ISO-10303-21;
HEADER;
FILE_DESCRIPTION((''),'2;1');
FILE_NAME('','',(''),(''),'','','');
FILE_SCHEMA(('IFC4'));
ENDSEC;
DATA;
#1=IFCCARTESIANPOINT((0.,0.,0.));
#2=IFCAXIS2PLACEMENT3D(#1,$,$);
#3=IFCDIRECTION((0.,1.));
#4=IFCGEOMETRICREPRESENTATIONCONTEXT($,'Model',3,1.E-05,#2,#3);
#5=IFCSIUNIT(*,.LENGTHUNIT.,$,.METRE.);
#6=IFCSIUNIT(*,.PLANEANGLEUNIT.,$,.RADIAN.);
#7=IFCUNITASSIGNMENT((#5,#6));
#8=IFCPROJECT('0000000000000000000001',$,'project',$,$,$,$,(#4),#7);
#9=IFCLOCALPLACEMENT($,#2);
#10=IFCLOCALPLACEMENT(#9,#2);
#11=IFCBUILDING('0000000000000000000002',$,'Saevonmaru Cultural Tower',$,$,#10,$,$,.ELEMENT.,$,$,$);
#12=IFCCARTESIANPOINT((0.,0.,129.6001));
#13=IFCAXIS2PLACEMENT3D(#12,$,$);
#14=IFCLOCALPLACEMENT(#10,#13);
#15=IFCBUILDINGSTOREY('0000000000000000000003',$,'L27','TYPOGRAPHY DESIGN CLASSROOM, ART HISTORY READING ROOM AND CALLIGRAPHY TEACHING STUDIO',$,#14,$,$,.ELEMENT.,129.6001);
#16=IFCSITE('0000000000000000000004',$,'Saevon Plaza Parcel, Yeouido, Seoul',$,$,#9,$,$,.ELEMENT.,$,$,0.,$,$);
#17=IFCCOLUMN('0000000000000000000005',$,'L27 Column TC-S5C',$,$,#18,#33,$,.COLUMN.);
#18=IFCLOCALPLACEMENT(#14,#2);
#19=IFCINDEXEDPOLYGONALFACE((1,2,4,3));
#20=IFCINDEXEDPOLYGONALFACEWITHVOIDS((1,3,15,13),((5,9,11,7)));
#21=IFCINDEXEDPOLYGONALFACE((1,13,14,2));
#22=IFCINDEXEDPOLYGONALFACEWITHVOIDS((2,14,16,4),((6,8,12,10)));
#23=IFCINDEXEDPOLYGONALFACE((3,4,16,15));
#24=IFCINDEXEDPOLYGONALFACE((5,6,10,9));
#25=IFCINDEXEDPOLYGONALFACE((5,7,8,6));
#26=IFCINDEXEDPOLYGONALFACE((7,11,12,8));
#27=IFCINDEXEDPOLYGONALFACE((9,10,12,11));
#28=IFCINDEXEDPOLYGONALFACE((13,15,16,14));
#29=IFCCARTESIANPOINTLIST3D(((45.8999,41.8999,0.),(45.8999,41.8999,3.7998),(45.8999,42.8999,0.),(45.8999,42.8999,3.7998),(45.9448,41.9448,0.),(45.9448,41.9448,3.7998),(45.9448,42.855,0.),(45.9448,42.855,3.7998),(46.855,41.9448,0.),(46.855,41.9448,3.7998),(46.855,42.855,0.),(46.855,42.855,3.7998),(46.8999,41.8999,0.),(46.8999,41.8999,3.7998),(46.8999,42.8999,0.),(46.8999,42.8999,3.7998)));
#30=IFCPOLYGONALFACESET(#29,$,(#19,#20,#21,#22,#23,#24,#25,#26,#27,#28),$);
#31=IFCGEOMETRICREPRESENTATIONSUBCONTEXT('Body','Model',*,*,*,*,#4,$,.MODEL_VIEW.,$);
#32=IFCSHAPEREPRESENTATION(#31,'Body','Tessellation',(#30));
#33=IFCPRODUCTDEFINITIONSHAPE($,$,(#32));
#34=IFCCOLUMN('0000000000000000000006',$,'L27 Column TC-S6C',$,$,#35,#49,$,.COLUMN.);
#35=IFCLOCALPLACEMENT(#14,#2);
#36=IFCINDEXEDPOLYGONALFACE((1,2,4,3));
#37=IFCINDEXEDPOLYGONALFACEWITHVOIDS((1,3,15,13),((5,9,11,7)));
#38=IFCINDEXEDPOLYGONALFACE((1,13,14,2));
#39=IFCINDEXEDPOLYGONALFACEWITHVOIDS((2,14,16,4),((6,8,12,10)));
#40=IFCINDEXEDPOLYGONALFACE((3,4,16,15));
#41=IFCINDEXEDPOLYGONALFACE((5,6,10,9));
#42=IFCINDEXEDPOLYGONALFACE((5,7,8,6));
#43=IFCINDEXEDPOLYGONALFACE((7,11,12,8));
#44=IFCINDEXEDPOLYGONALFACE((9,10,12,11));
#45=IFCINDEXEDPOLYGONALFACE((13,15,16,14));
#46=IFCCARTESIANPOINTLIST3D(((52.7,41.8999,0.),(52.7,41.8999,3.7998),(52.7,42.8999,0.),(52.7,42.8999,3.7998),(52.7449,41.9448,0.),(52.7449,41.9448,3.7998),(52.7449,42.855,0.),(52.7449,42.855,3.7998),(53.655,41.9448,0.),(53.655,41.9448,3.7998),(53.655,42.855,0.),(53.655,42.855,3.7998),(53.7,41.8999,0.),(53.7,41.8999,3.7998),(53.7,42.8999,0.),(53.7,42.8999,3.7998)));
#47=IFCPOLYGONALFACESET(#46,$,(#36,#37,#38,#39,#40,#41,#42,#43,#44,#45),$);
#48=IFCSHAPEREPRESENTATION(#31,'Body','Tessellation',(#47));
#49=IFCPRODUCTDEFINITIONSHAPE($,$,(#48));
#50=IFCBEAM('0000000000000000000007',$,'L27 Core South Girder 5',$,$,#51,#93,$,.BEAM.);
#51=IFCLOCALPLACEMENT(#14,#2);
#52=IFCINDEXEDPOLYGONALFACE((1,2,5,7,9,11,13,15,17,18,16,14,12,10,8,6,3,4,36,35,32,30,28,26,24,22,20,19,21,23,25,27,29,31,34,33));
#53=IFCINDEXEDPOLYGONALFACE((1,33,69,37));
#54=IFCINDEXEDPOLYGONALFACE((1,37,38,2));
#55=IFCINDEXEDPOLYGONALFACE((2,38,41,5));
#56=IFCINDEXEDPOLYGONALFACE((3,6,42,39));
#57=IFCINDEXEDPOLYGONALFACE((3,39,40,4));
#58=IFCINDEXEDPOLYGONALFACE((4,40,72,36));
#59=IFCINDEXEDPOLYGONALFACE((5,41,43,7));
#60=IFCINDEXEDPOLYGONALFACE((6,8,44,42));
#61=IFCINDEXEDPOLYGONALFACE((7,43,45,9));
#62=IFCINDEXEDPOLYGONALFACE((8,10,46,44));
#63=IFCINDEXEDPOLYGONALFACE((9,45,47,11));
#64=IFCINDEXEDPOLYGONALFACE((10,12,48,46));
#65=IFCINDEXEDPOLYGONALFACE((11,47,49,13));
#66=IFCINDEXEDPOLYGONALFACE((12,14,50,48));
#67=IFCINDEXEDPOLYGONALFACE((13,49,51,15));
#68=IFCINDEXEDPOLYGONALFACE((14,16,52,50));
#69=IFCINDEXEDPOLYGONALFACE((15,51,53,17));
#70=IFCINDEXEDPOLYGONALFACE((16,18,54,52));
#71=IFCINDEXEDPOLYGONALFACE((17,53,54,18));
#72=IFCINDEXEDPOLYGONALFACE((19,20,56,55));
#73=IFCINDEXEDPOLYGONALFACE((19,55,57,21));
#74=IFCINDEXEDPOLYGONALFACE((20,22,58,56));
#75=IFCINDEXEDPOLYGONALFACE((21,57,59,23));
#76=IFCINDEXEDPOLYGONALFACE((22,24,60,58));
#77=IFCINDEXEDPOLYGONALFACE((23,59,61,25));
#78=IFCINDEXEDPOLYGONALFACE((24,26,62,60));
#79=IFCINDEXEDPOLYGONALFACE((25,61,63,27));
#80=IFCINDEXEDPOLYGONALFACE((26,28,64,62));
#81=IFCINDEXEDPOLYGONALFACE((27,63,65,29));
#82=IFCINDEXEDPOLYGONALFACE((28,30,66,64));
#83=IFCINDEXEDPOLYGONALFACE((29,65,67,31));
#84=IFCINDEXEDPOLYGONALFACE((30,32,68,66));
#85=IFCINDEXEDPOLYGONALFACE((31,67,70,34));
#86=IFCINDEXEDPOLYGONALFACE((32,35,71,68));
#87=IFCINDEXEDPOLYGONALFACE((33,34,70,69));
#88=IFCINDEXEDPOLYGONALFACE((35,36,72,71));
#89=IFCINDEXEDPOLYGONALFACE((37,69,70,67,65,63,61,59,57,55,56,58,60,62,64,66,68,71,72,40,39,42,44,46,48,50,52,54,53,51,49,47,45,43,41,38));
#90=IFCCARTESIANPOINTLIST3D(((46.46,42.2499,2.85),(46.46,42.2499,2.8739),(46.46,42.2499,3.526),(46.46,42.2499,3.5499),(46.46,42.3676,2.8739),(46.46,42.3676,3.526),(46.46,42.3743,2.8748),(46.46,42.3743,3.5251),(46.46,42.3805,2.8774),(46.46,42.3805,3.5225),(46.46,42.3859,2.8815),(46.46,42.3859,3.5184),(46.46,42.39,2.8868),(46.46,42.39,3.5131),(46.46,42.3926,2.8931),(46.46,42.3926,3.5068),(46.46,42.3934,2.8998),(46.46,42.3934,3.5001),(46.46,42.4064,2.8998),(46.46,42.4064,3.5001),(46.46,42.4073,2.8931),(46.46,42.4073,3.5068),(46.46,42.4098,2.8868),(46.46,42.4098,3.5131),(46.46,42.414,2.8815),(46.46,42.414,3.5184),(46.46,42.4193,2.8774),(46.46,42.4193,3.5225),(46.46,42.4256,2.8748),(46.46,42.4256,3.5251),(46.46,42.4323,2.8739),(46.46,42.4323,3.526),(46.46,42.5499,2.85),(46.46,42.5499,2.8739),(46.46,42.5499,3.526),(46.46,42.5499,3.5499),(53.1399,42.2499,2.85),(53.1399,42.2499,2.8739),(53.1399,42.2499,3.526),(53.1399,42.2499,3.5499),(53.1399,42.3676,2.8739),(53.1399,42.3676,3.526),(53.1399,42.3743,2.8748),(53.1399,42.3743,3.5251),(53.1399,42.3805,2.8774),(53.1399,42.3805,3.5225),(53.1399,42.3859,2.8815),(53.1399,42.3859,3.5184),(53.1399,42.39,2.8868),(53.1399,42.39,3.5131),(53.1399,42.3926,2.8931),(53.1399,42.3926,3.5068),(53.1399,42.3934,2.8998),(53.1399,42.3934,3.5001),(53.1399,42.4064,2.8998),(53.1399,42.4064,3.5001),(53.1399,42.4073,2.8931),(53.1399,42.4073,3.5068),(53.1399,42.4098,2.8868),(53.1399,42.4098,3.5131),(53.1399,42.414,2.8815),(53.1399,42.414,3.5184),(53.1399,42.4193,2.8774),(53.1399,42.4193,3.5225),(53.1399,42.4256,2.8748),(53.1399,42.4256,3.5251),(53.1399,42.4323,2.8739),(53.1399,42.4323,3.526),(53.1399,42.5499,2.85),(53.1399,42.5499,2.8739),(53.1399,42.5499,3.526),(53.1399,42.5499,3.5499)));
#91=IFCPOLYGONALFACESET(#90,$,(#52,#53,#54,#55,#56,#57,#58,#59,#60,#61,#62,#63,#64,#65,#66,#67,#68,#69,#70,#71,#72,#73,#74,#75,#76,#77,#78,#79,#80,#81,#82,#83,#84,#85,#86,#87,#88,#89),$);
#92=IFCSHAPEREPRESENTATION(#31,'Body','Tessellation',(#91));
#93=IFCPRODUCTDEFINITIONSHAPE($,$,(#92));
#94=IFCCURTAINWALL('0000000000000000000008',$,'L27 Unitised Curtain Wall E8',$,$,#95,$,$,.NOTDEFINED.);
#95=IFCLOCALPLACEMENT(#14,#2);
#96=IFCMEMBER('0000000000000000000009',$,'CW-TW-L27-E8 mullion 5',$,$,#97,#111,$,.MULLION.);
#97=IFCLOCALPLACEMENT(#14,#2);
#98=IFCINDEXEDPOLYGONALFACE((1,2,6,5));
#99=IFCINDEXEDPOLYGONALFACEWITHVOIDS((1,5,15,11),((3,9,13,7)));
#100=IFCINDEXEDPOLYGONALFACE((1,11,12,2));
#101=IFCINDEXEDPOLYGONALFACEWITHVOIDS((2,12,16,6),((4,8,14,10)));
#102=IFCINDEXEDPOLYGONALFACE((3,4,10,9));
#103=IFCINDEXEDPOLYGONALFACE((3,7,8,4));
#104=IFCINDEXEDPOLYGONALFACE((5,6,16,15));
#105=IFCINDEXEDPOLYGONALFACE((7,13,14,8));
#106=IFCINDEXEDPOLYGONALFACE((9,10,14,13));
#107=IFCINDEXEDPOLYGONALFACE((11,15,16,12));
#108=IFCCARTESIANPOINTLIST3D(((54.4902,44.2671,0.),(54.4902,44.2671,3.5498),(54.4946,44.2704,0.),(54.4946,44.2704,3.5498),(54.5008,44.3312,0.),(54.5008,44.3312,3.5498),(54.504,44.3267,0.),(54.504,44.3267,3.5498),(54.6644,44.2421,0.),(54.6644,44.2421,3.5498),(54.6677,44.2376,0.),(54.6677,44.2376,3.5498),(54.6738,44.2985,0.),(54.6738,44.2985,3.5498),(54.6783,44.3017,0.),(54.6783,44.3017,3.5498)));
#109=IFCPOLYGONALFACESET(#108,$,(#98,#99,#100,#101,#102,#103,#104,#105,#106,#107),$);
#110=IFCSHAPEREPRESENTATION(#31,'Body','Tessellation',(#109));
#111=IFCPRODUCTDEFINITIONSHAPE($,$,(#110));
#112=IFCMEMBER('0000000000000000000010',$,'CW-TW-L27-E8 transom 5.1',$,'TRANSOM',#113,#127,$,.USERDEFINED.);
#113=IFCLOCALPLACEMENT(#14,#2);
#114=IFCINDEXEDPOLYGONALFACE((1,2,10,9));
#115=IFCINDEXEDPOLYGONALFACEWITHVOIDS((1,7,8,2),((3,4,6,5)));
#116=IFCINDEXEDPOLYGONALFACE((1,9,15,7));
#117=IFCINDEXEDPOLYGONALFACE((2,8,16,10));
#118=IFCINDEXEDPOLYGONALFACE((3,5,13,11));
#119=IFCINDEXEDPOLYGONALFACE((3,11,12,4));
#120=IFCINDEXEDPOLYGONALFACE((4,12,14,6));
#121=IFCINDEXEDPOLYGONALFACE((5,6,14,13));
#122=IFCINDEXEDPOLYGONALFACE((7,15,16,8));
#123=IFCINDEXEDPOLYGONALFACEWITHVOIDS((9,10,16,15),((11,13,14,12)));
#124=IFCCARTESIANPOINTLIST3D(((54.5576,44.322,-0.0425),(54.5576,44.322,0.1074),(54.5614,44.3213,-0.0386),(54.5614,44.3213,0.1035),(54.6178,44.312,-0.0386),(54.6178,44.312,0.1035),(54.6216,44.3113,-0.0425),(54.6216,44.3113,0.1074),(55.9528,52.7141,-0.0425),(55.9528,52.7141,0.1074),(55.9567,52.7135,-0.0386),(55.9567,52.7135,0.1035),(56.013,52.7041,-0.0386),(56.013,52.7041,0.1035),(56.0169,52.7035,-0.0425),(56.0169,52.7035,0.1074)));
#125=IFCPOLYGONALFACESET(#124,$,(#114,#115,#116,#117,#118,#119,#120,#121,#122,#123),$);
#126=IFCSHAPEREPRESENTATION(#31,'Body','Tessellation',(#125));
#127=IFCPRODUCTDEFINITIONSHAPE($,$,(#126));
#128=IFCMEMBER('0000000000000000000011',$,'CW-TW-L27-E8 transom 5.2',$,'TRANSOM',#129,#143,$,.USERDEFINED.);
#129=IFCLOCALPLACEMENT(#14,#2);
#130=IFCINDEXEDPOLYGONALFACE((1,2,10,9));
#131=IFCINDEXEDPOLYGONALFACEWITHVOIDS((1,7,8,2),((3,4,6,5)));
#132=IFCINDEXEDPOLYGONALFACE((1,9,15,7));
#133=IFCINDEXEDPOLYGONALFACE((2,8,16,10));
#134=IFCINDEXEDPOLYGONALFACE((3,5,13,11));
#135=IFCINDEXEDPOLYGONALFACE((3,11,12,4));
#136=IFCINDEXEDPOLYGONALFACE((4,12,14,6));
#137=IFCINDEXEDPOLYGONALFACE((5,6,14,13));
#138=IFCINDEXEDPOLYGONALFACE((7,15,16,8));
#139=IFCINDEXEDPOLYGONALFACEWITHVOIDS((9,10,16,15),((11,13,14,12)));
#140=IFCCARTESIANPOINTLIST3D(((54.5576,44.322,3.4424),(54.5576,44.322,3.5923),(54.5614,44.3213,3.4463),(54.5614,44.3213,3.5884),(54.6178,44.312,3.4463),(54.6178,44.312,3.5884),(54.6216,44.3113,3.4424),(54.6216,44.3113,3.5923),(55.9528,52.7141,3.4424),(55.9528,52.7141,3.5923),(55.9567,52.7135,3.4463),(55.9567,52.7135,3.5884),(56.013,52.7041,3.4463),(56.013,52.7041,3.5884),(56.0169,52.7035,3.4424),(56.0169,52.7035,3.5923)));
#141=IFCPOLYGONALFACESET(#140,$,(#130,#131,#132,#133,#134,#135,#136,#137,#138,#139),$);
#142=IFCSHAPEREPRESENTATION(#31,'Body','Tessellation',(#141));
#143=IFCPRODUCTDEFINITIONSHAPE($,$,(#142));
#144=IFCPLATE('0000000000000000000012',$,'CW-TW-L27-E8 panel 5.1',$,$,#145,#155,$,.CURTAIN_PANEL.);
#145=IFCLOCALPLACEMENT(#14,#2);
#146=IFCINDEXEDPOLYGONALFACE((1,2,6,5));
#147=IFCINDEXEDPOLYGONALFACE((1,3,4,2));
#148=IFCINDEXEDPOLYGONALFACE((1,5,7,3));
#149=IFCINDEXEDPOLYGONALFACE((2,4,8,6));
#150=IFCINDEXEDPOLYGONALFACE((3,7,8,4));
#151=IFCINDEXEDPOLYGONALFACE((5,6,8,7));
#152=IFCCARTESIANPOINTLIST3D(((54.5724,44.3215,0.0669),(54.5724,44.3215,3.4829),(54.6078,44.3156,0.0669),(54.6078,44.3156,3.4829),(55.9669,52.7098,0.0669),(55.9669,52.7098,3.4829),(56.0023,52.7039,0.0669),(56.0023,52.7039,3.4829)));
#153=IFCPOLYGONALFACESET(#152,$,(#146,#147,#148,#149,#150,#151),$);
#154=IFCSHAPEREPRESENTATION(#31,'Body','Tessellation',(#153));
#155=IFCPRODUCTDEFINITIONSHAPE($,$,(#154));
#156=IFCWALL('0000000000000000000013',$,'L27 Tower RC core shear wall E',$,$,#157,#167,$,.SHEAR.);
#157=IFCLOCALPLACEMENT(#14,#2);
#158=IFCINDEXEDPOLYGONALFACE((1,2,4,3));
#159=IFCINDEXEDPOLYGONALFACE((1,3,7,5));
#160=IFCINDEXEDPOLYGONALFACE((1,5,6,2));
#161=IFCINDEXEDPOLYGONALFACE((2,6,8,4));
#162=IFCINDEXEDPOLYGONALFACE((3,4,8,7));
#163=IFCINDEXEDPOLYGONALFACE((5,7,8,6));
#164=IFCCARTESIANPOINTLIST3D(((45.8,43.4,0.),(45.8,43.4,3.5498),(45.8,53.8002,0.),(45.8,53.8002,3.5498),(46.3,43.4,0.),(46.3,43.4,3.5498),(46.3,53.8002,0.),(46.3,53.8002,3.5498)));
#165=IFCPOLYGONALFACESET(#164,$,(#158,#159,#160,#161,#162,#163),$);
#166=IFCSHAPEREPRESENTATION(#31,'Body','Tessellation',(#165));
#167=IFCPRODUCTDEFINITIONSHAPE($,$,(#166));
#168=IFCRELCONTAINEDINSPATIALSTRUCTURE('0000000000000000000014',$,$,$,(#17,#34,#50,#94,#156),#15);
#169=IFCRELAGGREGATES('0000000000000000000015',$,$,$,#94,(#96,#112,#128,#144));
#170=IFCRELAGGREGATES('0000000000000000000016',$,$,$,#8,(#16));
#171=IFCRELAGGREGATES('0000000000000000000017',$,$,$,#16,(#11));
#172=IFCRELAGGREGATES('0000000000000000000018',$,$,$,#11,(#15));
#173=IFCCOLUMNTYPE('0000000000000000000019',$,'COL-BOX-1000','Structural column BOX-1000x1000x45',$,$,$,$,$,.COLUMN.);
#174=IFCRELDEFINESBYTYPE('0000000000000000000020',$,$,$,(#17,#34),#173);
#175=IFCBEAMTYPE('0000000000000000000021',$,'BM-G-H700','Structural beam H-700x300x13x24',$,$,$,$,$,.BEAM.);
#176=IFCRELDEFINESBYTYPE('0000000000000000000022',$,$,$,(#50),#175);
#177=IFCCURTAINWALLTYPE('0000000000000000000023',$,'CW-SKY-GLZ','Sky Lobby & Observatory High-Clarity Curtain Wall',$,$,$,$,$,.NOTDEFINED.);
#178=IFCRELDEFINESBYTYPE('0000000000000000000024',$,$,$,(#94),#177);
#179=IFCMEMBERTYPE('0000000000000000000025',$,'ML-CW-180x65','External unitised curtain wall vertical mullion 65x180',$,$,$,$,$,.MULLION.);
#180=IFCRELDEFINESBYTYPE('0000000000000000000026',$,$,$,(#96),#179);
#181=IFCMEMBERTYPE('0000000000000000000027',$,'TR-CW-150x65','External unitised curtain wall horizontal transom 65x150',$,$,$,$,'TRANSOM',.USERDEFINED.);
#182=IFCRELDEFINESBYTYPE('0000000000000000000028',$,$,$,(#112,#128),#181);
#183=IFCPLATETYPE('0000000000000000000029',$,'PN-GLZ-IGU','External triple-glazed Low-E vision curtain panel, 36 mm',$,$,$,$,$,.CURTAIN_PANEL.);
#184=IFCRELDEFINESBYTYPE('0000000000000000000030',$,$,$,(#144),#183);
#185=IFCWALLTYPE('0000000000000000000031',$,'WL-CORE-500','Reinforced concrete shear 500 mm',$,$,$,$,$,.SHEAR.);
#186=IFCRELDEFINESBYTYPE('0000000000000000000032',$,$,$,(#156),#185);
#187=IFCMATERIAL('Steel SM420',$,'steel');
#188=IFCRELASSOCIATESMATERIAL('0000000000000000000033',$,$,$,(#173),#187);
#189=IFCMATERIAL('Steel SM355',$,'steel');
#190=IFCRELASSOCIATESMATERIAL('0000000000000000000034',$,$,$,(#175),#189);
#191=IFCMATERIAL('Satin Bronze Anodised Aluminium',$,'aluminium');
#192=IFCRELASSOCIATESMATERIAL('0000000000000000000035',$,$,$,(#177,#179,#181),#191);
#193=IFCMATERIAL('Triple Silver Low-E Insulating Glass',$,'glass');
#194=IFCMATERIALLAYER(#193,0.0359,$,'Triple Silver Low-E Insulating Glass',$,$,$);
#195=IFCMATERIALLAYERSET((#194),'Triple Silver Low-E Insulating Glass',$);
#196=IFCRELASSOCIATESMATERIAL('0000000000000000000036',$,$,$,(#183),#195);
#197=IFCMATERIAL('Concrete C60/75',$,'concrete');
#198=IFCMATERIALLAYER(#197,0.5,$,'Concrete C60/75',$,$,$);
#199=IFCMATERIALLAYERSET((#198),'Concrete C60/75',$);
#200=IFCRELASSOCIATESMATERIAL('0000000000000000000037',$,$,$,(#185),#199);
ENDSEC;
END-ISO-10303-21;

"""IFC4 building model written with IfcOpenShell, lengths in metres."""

from ifc_helpers import new_model, si_unit, direction, frame, frame_2d, origin, origin_2d, place, context, subcontext, project, spatial, rectangle, hollow_rectangle, i_section, extrude, material, layer, layer_set, material_profile, profile_set, type_object, element, aggregate, save


model = new_model("IFC4")

# Units and contexts
model_context = context("Model", 3, precision=1e-05, world=origin(), true_north=direction((0.0, 1.0)))
body_context = subcontext(model_context, "Body", "Model", "MODEL_VIEW")
ifc_project = project(units=[si_unit("LENGTHUNIT", "METRE"), si_unit("PLANEANGLEUNIT", "RADIAN")], contexts=[model_context])

# Site, building, storey
site_placement = place(None, origin())
site = spatial("IfcSite", under=ifc_project, at=site_placement, Name="Saevon Plaza Parcel, Yeouido, Seoul", CompositionType="ELEMENT", RefElevation=0.0)
building_placement = place(site_placement, origin())
building = spatial("IfcBuilding", under=site, at=building_placement, Name="Saevonmaru Cultural Tower", CompositionType="ELEMENT")
storey_placement = place(building_placement, frame((0.0, 0.0, 129.6001)))
storey = spatial("IfcBuildingStorey", under=building, at=storey_placement, Name="L27", Description="TYPOGRAPHY DESIGN CLASSROOM, ART HISTORY READING ROOM AND CALLIGRAPHY TEACHING STUDIO", CompositionType="ELEMENT", Elevation=129.6001)

# Columns
ifc_material_1 = material(Name="Steel SM420", Category="steel")
ifc_material_profile_1 = material_profile(ifc_material_1, hollow_rectangle(XDim=1.0, YDim=1.0, WallThickness=0.0449, at=origin_2d()), Name="BOX-1000x1000x45")
ifc_profile_set_1 = profile_set([ifc_material_profile_1], Name="Steel SM420")
column_type = type_object("IfcColumnType", Name="COL-BOX-1000", Description="Structural column BOX-1000x1000x45", PredefinedType="COLUMN", material=ifc_profile_set_1)
for number, where, z_axis, x_axis, name in (
    (1, (46.3999, 42.3999, 0.0), (0.0, 0.0, 1.0), (1.0, 0.0, 0.0), "L27 Column TC-S5C"),
    (2, (53.2, 42.3999, 0.0), (0.0, 0.0, 1.0), (1.0, 0.0, 0.0), "L27 Column TC-S6C"),
):
    element("IfcColumn", number, at=place(storey_placement, frame(where, z_axis=z_axis, x_axis=x_axis)), inside=storey, type_object=column_type, Name=name, PredefinedType="COLUMN", context=body_context, shape_type="SweptSolid", body=[
        extrude(hollow_rectangle(XDim=1.0, YDim=1.0, WallThickness=0.0449, at=origin_2d()), origin(), (0.0, 0.0, 1.0), 3.7998),
    ])

# Beam
ifc_material_2 = material(Name="Steel SM355", Category="steel")
ifc_material_profile_2 = material_profile(ifc_material_2, i_section(OverallWidth=0.3, OverallDepth=0.7, WebThickness=0.0129, FlangeThickness=0.0239, FilletRadius=0.0259, at=origin_2d()), Name="H-700x300x13x24")
ifc_profile_set_2 = profile_set([ifc_material_profile_2], Name="Steel SM355")
beam_type = type_object("IfcBeamType", Name="BM-G-H700", Description="Structural beam H-700x300x13x24", PredefinedType="BEAM", material=ifc_profile_set_2)
beam_placement = place(storey_placement, frame((46.46, 42.3999, 3.2), z_axis=(1.0, 0.0, 0.0), x_axis=(0.0, 1.0, 0.0)))
element("IfcBeam", 3, at=beam_placement, inside=storey, type_object=beam_type, Name="L27 Core South Girder 5", PredefinedType="BEAM", context=body_context, shape_type="SweptSolid", body=[
    extrude(i_section(OverallWidth=0.3, OverallDepth=0.7, WebThickness=0.0129, FlangeThickness=0.0239, FilletRadius=0.0259, at=origin_2d()), origin(), (0.0, 0.0, 1.0), 6.6799),
])

# Curtain wall, members, plate
ifc_material_3 = material(Name="Satin Bronze Anodised Aluminium", Category="aluminium")
curtain_wall_type = type_object("IfcCurtainWallType", Name="CW-SKY-GLZ", Description="Sky Lobby & Observatory High-Clarity Curtain Wall", PredefinedType="NOTDEFINED", material=ifc_material_3)
curtain_wall_placement = place(storey_placement, origin())
curtain_wall = element("IfcCurtainWall", 4, at=curtain_wall_placement, inside=storey, type_object=curtain_wall_type, Name="L27 Unitised Curtain Wall E8", PredefinedType="NOTDEFINED")
ifc_material_profile_3 = material_profile(ifc_material_3, hollow_rectangle(XDim=0.0649, YDim=0.1799, WallThickness=0.0039, at=origin_2d()), Name="ALU-MULL-180x65x4")
ifc_profile_set_3 = profile_set([ifc_material_profile_3], Name="Satin Bronze Anodised Aluminium")
member_type_1 = type_object("IfcMemberType", Name="ML-CW-180x65", Description="External unitised curtain wall vertical mullion 65x180", PredefinedType="MULLION", material=ifc_profile_set_3)
member_1_placement = place(storey_placement, frame((54.5842, 44.2844, 0.0), z_axis=(0.0, 0.0, 1.0), x_axis=(0.163999, 0.986461, 0.0)))
member_1 = element("IfcMember", 5, at=member_1_placement, type_object=member_type_1, Name="CW-TW-L27-E8 mullion 5", PredefinedType="MULLION", context=body_context, shape_type="SweptSolid", body=[
    extrude(hollow_rectangle(XDim=0.0649, YDim=0.1799, WallThickness=0.0039, at=origin_2d()), origin(), (0.0, 0.0, 1.0), 3.5498),
])
ifc_material_profile_4 = material_profile(ifc_material_3, hollow_rectangle(XDim=0.0649, YDim=0.1499, WallThickness=0.0039, at=origin_2d()), Name="ALU-TRAN-150x65x4")
ifc_profile_set_4 = profile_set([ifc_material_profile_4], Name="Satin Bronze Anodised Aluminium")
member_type_2 = type_object("IfcMemberType", Name="TR-CW-150x65", Description="External unitised curtain wall horizontal transom 65x150", ElementType="TRANSOM", PredefinedType="USERDEFINED", material=ifc_profile_set_4)
member_2_placement = place(storey_placement, frame((54.5896, 44.3167, 0.0325), z_axis=(0.164008, 0.986459, 0.0), x_axis=(-0.986459, 0.164008, 0.0)))
member_2 = element("IfcMember", 6, at=member_2_placement, type_object=member_type_2, Name="CW-TW-L27-E8 transom 5.1", ObjectType="TRANSOM", PredefinedType="USERDEFINED", context=body_context, shape_type="SweptSolid", body=[
    extrude(hollow_rectangle(XDim=0.0649, YDim=0.1499, WallThickness=0.0039, at=origin_2d()), origin(), (0.0, 0.0, 1.0), 8.5073),
])
member_3_placement = place(storey_placement, frame((54.5896, 44.3167, 3.5173), z_axis=(0.164008, 0.986459, 0.0), x_axis=(-0.986459, 0.164008, 0.0)))
member_3 = element("IfcMember", 7, at=member_3_placement, type_object=member_type_2, Name="CW-TW-L27-E8 transom 5.2", ObjectType="TRANSOM", PredefinedType="USERDEFINED", context=body_context, shape_type="SweptSolid", body=[
    extrude(hollow_rectangle(XDim=0.0649, YDim=0.1499, WallThickness=0.0039, at=origin_2d()), origin(), (0.0, 0.0, 1.0), 8.5073),
])
ifc_material_4 = material(Name="Triple Silver Low-E Insulating Glass", Category="glass")
ifc_layer_1 = layer(ifc_material_4, 0.0359, Name="Triple Silver Low-E Insulating Glass")
ifc_layer_set_1 = layer_set([ifc_layer_1], Name="Triple Silver Low-E Insulating Glass")
plate_type = type_object("IfcPlateType", Name="PN-GLZ-IGU", Description="External triple-glazed Low-E vision curtain panel, 36 mm", PredefinedType="CURTAIN_PANEL", material=ifc_layer_set_1)
plate_placement = place(storey_placement, frame((55.2874, 48.5127, 0.0669), z_axis=(0.0, 0.0, 1.0), x_axis=(0.163999, 0.986461, 0.0)))
plate = element("IfcPlate", 8, at=plate_placement, type_object=plate_type, Name="CW-TW-L27-E8 panel 5.1", PredefinedType="CURTAIN_PANEL", context=body_context, shape_type="SweptSolid", body=[
    extrude(rectangle(XDim=8.5034, YDim=0.0359, at=origin_2d()), origin(), (0.0, 0.0, 1.0), 3.416),
])
aggregate(curtain_wall, [member_1, member_2, member_3, plate])

# Wall
ifc_material_5 = material(Name="Concrete C60/75", Category="concrete")
ifc_layer_2 = layer(ifc_material_5, 0.5, Name="Concrete C60/75")
ifc_layer_set_2 = layer_set([ifc_layer_2], Name="Concrete C60/75")
wall_type_1 = type_object("IfcWallType", Name="WL-CORE-500", Description="Reinforced concrete shear 500 mm", PredefinedType="SHEAR", material=ifc_layer_set_2)
wall_1_placement = place(storey_placement, frame((46.05, 43.3999, 0.0), z_axis=(0.0, 0.0, 1.0), x_axis=(0.0, 1.0, 0.0)))
element("IfcWall", 9, at=wall_1_placement, inside=storey, type_object=wall_type_1, Name="L27 Tower RC core shear wall E", PredefinedType="SHEAR", context=body_context, shape_type="SweptSolid", body=[
    extrude(rectangle(XDim=10.4001, YDim=0.5, at=frame_2d((5.2002, 0.0))), origin(), (0.0, 0.0, 1.0), 3.5498),
])

save(model, "model.ifc")
